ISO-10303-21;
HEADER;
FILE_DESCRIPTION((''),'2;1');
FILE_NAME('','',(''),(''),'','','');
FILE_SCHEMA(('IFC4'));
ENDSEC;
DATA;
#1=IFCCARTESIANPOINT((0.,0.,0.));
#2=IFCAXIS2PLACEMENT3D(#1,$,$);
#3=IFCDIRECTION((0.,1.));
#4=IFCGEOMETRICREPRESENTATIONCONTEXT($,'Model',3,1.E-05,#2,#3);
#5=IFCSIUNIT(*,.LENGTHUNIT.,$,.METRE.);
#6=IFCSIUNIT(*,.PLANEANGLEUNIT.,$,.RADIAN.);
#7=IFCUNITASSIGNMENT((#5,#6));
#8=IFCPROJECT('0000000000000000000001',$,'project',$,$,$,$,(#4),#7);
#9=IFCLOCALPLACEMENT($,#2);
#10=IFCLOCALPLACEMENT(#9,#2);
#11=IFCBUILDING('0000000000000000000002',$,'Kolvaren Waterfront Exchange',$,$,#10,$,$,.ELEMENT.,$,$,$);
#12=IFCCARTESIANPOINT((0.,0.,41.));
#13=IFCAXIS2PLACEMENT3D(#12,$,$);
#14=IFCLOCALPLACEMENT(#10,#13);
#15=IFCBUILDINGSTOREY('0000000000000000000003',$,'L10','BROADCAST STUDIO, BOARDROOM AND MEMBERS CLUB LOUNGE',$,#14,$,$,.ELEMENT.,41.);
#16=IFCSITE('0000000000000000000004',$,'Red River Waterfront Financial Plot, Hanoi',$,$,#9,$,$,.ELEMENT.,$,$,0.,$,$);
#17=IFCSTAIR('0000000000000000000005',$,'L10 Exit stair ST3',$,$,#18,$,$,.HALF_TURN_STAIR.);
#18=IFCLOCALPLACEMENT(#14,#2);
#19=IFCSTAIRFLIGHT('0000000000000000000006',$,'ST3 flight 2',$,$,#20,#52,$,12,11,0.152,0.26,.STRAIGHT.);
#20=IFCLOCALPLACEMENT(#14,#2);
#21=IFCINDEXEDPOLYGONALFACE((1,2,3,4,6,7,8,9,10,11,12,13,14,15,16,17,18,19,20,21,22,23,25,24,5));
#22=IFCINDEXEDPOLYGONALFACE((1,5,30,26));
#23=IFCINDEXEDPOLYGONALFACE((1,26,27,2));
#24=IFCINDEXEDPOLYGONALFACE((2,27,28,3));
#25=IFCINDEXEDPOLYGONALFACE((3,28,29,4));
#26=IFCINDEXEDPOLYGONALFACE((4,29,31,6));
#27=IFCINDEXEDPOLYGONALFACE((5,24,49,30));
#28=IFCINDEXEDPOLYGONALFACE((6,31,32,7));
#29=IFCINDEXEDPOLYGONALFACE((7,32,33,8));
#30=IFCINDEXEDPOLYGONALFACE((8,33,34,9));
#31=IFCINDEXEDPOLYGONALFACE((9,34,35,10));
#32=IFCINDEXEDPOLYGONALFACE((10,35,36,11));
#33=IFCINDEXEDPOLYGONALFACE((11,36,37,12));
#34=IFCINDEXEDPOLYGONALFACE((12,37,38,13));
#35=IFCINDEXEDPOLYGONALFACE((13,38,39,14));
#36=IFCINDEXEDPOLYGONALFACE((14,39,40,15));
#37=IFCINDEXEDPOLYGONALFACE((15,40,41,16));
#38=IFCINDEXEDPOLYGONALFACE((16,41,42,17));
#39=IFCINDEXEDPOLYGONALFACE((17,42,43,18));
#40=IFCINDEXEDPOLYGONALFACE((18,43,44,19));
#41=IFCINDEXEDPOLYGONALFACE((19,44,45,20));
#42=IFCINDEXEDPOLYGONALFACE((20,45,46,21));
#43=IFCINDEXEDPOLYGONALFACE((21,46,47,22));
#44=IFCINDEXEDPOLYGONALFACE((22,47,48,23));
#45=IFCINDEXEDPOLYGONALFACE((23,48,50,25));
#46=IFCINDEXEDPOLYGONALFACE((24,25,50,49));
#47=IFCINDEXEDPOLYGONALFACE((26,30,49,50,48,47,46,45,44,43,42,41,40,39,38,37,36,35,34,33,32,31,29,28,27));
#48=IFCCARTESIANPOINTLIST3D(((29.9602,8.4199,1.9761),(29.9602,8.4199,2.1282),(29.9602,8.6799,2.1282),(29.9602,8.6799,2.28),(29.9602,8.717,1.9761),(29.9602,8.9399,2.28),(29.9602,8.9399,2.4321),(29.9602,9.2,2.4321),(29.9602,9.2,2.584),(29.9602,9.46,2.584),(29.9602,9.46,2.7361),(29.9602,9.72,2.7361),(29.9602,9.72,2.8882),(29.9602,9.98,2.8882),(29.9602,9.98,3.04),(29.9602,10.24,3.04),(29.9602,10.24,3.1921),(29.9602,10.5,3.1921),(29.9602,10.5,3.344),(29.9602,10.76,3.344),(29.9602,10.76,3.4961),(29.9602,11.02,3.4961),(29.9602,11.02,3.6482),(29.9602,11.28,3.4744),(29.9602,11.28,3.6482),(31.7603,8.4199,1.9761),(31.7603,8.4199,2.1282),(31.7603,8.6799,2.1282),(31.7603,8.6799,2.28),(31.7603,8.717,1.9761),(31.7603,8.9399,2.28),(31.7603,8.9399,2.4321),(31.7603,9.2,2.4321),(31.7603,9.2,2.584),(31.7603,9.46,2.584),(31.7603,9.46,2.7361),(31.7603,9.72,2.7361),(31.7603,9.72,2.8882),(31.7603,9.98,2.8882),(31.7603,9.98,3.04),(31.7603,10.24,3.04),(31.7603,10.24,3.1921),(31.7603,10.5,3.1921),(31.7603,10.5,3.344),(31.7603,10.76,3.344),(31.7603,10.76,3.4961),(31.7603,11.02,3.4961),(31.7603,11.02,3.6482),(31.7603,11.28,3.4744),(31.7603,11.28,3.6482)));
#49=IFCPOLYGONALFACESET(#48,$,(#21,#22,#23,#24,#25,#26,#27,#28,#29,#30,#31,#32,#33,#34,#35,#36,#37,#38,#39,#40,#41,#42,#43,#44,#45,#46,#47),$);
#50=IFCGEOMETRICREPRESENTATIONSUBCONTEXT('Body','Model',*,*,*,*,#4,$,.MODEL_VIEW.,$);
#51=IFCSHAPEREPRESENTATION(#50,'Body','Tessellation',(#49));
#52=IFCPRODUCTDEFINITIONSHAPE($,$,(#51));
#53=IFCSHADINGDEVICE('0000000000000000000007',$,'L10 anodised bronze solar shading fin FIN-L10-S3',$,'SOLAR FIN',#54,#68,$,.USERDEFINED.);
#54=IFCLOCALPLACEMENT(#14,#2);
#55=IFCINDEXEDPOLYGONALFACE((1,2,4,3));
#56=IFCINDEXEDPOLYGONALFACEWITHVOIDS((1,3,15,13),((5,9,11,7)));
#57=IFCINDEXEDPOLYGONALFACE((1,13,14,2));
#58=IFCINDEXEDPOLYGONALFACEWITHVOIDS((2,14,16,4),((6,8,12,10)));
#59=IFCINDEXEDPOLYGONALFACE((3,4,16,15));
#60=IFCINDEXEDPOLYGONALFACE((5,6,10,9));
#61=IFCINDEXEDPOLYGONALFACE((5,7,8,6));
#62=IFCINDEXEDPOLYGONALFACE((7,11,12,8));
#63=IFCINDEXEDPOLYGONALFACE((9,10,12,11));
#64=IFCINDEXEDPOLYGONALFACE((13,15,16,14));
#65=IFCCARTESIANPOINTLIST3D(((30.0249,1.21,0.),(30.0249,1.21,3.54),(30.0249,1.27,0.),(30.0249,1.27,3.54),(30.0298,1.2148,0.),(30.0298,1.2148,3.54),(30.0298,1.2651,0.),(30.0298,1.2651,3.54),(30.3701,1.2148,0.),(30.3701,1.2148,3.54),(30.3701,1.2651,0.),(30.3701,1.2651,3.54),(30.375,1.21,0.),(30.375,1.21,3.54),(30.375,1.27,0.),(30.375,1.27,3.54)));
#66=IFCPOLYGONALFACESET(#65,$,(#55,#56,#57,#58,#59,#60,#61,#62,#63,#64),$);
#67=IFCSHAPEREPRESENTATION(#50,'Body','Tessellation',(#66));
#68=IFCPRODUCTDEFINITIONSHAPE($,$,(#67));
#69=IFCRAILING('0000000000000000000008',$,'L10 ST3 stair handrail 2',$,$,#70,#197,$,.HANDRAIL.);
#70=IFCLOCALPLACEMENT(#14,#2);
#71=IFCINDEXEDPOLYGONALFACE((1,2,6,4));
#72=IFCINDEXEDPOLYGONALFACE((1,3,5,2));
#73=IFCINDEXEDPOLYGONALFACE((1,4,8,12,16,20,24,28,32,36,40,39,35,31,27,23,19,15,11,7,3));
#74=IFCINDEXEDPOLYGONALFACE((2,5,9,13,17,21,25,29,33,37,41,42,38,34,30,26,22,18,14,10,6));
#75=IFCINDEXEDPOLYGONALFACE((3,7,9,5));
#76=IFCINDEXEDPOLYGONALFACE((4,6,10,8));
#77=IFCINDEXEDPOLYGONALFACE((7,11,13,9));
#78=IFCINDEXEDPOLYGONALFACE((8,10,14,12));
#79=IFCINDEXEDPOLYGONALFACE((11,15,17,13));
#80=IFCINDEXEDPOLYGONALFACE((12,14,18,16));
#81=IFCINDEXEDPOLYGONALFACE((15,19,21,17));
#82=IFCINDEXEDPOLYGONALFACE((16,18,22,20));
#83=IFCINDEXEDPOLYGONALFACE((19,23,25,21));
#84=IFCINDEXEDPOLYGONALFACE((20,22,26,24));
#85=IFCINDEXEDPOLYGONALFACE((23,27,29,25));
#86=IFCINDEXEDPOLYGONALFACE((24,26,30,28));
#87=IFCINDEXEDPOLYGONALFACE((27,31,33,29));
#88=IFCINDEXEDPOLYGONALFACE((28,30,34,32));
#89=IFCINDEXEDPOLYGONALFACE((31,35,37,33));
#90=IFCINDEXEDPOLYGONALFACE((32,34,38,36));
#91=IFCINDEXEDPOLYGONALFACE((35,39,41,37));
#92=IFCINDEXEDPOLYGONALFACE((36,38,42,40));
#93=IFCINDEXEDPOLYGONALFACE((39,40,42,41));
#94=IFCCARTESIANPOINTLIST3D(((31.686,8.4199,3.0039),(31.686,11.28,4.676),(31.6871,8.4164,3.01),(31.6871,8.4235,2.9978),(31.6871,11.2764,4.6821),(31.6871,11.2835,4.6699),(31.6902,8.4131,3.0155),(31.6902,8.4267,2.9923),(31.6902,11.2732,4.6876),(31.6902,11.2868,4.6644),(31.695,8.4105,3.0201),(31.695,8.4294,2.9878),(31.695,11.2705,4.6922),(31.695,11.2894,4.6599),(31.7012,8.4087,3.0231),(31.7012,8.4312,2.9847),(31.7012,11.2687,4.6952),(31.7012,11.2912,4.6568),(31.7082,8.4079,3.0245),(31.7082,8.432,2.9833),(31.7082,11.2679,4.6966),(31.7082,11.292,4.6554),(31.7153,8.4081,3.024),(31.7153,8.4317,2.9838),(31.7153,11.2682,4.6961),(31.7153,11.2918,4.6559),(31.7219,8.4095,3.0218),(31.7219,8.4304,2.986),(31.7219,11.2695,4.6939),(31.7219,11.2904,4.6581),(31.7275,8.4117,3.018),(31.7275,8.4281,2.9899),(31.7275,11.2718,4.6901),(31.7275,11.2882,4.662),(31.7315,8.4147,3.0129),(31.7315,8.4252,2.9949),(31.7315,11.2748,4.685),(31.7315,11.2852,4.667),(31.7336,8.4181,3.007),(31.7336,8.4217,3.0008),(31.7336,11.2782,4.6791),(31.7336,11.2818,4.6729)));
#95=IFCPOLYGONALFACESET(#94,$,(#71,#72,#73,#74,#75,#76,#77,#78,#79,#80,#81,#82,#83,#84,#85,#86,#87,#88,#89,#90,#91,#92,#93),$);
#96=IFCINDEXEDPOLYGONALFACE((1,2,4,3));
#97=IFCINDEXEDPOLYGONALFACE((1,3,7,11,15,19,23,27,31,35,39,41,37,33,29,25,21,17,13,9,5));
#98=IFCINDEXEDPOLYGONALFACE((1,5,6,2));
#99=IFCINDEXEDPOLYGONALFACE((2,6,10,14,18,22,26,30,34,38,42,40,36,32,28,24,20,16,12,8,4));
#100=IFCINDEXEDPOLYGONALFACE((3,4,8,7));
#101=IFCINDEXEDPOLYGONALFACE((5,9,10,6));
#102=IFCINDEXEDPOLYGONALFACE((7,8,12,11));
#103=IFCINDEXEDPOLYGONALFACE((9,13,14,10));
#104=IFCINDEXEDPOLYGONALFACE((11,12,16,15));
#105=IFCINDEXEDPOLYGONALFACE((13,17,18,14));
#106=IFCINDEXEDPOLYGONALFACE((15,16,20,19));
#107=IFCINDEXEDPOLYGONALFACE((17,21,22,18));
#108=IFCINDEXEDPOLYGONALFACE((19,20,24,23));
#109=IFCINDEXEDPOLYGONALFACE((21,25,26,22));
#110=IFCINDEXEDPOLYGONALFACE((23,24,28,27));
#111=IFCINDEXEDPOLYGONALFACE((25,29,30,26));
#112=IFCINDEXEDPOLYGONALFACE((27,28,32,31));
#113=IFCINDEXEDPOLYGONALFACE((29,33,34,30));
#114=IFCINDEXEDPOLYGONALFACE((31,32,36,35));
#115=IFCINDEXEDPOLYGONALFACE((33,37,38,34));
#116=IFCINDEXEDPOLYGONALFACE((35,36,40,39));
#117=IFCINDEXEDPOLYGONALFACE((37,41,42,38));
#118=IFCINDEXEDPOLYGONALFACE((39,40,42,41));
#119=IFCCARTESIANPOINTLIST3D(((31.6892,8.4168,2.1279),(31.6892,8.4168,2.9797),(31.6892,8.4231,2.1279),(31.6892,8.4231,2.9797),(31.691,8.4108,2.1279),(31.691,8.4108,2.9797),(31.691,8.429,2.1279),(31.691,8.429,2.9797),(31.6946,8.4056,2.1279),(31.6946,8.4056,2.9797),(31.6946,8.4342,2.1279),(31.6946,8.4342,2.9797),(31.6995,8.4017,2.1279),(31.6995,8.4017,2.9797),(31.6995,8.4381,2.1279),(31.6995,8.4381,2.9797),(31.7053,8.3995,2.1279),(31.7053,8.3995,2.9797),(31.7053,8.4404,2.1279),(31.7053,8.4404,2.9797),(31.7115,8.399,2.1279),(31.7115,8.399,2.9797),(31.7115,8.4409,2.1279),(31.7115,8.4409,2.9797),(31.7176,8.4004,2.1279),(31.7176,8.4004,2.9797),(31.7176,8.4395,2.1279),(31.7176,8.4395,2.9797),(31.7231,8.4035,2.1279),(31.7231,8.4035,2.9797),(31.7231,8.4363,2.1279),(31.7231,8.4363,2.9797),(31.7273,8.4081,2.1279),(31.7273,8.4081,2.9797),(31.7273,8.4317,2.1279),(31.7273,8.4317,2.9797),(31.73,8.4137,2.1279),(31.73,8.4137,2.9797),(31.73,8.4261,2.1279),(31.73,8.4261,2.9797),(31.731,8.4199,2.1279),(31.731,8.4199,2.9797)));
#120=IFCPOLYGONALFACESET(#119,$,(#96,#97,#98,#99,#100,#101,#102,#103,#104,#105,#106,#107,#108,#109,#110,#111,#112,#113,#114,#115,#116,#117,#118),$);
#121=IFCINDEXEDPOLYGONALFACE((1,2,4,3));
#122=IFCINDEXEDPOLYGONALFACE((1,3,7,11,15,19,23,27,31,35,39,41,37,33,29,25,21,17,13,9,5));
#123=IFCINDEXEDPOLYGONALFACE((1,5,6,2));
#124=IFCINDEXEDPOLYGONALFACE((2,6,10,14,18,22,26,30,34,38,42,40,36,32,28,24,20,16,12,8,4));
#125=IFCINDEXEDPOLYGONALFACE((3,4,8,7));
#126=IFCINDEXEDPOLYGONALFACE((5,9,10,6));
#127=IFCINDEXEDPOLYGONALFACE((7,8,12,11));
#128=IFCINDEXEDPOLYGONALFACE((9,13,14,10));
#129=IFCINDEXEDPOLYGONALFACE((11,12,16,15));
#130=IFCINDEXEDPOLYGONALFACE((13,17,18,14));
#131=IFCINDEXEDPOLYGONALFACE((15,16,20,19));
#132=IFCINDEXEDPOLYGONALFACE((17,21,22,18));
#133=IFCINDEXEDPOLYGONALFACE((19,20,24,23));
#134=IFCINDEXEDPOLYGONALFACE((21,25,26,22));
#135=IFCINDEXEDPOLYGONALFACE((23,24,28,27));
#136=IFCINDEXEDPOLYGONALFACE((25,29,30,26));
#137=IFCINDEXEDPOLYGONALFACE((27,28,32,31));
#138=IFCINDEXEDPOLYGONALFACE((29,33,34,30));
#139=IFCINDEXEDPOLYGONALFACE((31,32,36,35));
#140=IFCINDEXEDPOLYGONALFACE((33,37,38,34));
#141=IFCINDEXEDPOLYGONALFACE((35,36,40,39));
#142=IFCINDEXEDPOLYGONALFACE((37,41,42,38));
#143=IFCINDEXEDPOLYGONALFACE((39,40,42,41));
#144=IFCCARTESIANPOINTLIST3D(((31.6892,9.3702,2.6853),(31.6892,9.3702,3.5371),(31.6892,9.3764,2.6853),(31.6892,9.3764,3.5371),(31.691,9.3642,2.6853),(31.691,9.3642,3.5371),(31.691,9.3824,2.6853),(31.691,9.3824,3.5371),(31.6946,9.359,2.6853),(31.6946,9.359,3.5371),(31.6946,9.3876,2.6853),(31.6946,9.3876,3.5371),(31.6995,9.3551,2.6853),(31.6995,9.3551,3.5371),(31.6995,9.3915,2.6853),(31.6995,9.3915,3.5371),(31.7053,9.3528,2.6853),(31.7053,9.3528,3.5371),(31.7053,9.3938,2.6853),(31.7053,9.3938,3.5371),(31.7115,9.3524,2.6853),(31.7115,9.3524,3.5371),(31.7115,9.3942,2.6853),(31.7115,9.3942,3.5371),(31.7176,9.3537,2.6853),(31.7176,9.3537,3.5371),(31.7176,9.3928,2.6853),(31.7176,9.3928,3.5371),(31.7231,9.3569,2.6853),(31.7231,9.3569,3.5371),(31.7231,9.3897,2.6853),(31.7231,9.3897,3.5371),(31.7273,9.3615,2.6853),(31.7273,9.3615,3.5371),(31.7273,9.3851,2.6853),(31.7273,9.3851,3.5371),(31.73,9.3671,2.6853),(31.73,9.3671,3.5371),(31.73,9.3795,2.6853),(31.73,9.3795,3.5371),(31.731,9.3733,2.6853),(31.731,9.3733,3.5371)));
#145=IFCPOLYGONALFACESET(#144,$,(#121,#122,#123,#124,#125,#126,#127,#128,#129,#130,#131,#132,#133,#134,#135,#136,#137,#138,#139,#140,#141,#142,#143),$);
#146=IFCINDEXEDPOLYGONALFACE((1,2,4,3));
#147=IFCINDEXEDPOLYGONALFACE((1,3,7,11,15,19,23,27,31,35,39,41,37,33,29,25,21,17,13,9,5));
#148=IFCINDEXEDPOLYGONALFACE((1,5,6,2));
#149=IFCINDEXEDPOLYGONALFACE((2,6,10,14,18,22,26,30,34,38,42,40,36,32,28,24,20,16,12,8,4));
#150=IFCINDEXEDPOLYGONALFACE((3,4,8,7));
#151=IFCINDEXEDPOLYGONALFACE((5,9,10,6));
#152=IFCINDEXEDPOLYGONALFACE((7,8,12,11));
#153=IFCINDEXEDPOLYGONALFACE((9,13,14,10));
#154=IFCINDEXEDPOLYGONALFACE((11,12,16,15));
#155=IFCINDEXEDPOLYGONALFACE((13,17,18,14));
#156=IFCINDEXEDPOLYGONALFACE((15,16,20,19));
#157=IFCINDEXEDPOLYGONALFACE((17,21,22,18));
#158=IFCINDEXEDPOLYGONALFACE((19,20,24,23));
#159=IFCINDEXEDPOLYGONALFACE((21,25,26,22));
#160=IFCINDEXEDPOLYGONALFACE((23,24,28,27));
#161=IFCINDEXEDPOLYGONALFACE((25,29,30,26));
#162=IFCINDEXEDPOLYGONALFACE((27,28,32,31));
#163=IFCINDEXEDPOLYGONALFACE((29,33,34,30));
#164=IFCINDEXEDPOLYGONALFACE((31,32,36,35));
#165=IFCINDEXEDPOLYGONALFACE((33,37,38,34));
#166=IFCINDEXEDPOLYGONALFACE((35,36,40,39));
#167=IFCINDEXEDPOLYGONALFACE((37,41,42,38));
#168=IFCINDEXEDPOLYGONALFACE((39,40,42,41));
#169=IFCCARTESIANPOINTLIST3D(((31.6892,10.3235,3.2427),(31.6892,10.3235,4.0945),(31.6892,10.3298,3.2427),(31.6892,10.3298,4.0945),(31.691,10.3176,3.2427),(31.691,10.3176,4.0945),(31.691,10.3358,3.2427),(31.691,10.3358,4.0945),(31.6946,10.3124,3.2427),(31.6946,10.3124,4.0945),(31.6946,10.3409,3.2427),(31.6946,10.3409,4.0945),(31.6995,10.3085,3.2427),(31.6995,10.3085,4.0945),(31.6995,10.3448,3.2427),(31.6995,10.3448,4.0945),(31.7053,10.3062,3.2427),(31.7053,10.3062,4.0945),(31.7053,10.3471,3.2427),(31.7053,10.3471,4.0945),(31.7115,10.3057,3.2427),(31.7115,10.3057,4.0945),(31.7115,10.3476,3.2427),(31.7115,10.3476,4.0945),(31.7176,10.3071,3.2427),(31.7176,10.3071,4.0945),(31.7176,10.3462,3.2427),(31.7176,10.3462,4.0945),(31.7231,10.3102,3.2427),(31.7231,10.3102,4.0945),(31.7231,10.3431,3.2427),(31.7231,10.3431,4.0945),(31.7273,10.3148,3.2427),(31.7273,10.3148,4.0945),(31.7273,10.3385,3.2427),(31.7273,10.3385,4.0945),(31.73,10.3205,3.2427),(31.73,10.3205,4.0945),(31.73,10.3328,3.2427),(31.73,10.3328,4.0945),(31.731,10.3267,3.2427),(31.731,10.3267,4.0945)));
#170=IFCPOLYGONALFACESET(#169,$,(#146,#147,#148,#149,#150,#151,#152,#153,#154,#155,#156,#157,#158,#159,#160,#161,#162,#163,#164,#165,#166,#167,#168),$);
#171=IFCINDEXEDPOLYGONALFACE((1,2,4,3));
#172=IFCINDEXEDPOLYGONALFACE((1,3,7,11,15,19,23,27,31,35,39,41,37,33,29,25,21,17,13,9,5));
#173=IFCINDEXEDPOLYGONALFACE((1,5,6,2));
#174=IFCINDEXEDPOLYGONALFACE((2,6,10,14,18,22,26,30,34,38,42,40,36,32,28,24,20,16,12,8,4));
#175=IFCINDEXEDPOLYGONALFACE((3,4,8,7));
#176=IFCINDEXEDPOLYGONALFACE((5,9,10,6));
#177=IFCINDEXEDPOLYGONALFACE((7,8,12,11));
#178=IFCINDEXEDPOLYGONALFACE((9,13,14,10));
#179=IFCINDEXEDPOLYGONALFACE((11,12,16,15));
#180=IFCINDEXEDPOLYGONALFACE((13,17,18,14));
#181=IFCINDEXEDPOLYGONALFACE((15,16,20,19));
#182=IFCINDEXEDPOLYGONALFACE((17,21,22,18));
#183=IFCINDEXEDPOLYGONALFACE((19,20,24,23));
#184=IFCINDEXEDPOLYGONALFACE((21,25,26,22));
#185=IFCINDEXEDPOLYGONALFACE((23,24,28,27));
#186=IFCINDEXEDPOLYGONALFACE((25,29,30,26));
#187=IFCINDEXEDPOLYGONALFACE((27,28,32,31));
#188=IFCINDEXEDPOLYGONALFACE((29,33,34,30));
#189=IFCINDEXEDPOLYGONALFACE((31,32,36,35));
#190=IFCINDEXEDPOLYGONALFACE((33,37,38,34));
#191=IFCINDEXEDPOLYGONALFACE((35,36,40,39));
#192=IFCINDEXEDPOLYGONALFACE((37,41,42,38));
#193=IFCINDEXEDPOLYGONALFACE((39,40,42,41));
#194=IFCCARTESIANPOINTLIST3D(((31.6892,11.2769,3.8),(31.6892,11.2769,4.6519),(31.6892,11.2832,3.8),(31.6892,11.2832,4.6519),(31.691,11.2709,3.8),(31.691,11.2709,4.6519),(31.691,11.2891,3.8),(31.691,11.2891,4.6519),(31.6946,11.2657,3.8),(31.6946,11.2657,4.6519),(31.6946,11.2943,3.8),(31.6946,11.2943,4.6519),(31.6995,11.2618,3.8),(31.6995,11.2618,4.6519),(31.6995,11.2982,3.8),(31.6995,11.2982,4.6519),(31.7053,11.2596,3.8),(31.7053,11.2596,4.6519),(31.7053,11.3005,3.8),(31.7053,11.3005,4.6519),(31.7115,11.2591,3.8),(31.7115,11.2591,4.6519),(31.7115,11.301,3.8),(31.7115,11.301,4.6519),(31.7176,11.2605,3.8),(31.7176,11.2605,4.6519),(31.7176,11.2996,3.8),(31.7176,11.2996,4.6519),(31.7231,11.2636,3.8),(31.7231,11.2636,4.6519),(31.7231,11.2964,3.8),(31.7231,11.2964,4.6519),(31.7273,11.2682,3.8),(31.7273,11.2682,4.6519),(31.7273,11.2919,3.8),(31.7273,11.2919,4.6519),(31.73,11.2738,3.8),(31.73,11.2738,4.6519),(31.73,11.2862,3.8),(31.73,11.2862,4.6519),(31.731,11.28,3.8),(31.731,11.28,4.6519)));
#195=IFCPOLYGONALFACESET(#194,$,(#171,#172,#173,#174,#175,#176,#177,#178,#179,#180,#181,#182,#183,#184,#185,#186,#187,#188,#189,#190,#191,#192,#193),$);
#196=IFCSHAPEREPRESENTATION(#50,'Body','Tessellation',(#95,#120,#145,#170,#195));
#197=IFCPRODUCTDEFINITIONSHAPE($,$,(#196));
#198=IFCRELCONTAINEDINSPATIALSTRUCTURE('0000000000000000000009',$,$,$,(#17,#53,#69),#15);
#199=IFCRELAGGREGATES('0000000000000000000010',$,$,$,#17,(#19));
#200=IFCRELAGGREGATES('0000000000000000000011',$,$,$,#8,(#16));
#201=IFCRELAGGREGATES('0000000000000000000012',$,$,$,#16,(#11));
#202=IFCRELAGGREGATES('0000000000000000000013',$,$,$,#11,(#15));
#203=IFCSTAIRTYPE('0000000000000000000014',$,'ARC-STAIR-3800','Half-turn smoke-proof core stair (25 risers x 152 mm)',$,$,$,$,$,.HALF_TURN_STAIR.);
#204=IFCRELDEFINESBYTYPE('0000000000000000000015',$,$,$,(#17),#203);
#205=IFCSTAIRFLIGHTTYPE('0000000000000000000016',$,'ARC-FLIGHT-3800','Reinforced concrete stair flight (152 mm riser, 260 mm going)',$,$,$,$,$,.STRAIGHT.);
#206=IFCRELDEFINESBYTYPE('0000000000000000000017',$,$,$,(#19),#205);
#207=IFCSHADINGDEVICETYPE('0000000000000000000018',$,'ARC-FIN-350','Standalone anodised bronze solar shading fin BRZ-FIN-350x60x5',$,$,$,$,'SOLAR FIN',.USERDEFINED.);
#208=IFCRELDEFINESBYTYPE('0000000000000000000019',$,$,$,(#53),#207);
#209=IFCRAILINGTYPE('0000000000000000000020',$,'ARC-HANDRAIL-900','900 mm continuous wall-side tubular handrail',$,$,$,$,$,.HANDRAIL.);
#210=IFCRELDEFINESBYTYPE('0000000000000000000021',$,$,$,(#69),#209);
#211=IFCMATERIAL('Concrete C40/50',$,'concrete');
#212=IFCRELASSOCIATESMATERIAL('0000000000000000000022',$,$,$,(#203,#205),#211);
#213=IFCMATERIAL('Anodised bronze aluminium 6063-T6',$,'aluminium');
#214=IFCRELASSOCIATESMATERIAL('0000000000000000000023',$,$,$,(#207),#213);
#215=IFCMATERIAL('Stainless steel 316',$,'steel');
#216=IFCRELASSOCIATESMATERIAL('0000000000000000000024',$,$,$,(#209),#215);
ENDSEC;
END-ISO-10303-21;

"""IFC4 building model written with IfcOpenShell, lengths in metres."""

from ifc_helpers import new_model, si_unit, direction, frame, origin, origin_2d, place, context, subcontext, project, spatial, polyline, hollow_rectangle, circle, outline, extrude, material, material_profile, profile_set, type_object, element, aggregate, save


model = new_model("IFC4")

# Units and contexts
model_context = context("Model", 3, precision=1e-05, world=origin(), true_north=direction((0.0, 1.0)))
body_context = subcontext(model_context, "Body", "Model", "MODEL_VIEW")
ifc_project = project(units=[si_unit("LENGTHUNIT", "METRE"), si_unit("PLANEANGLEUNIT", "RADIAN")], contexts=[model_context])

# Site, building, storey
site_placement = place(None, origin())
site = spatial("IfcSite", under=ifc_project, at=site_placement, Name="Red River Waterfront Financial Plot, Hanoi", CompositionType="ELEMENT", RefElevation=0.0)
building_placement = place(site_placement, origin())
building = spatial("IfcBuilding", under=site, at=building_placement, Name="Kolvaren Waterfront Exchange", CompositionType="ELEMENT")
storey_placement = place(building_placement, frame((0.0, 0.0, 41.0)))
storey = spatial("IfcBuildingStorey", under=building, at=storey_placement, Name="L10", Description="BROADCAST STUDIO, BOARDROOM AND MEMBERS CLUB LOUNGE", CompositionType="ELEMENT", Elevation=41.0)

# Shared definitions
ifc_material_1 = material(Name="Anodised bronze aluminium 6063-T6", Category="aluminium")

# Shared definitions
ifc_material_2 = material(Name="Concrete C40/50", Category="concrete")

# Stair, stair flight
stair_type = type_object("IfcStairType", Name="ARC-STAIR-3800", Description="Half-turn smoke-proof core stair (25 risers x 152 mm)", PredefinedType="HALF_TURN_STAIR", material=ifc_material_2)
stair_placement = place(storey_placement, origin())
stair = element("IfcStair", 1, at=stair_placement, inside=storey, type_object=stair_type, Name="L10 Exit stair ST3", PredefinedType="HALF_TURN_STAIR")
stair_flight_type = type_object("IfcStairFlightType", Name="ARC-FLIGHT-3800", Description="Reinforced concrete stair flight (152 mm riser, 260 mm going)", PredefinedType="STRAIGHT", material=ifc_material_2)
stair_flight_placement = place(storey_placement, frame((30.8601, 8.4199, 1.9761), z_axis=(0.0, 0.0, 1.0), x_axis=(0.0, 1.0, 0.0)))
stair_flight = element("IfcStairFlight", 2, at=stair_flight_placement, type_object=stair_flight_type, Name="ST3 flight 2", NumberOfRisers=12, NumberOfTreads=11, PredefinedType="STRAIGHT", RiserHeight=0.152, TreadLength=0.26, context=body_context, shape_type="SweptSolid", body=[
    extrude(outline(polyline([(0.0, 0.0), (0.0, 0.1521), (0.26, 0.1521), (0.26, 0.304), (0.52, 0.304), (0.52, 0.4561), (0.78, 0.4561), (0.78, 0.6079), (1.04, 0.6079), (1.04, 0.76), (1.3, 0.76), (1.3, 0.9121), (1.5601, 0.9121), (1.5601, 1.064), (1.8201, 1.064), (1.8201, 1.2161), (2.0801, 1.2161), (2.0801, 1.3679), (2.3401, 1.3679), (2.3401, 1.52), (2.6001, 1.52), (2.6001, 1.6721), (2.8601, 1.6721), (2.8601, 1.824), (2.8601, 1.4983), (0.2971, 0.0), (0.0, 0.0)])), frame((0.0, 0.8999, 0.0), z_axis=(0.0, -1.0, 0.0), x_axis=(1.0, 0.0, 0.0)), (0.0, 0.0, 1.0), 1.8),
])
aggregate(stair, [stair_flight])

# Shading device
ifc_material_profile_1 = material_profile(ifc_material_1, hollow_rectangle(XDim=0.0601, YDim=0.3501, WallThickness=0.0049, at=origin_2d()), Name="BRZ-FIN-350x60x5")
ifc_profile_set_1 = profile_set([ifc_material_profile_1], Name="Anodised bronze aluminium 6063-T6")
shading_device_type = type_object("IfcShadingDeviceType", Name="ARC-FIN-350", Description="Standalone anodised bronze solar shading fin BRZ-FIN-350x60x5", ElementType="SOLAR FIN", PredefinedType="USERDEFINED", material=ifc_profile_set_1)
shading_device_placement = place(storey_placement, frame((30.2, 1.24, 0.0), z_axis=(0.0, 0.0, 1.0), x_axis=(0.0, -1.0, 0.0)))
element("IfcShadingDevice", 3, at=shading_device_placement, inside=storey, type_object=shading_device_type, Name="L10 anodised bronze solar shading fin FIN-L10-S3", ObjectType="SOLAR FIN", PredefinedType="USERDEFINED", context=body_context, shape_type="SweptSolid", body=[
    extrude(hollow_rectangle(XDim=0.0601, YDim=0.3501, WallThickness=0.0049, at=origin_2d()), origin(), (0.0, 0.0, 1.0), 3.54),
])

# Railing
ifc_material_3 = material(Name="Stainless steel 316", Category="steel")
railing_type = type_object("IfcRailingType", Name="ARC-HANDRAIL-900", Description="900 mm continuous wall-side tubular handrail", PredefinedType="HANDRAIL", material=ifc_material_3)
railing_placement = place(storey_placement, frame((31.71, 8.4199, 2.1279)))
element("IfcRailing", 4, at=railing_placement, inside=storey, type_object=railing_type, Name="L10 ST3 stair handrail 2", PredefinedType="HANDRAIL", context=body_context, shape_type="SweptSolid", body=[
    extrude(circle(Radius=0.0239, at=origin_2d()), frame((0.0, 0.0, 0.876), z_axis=(0.0, 0.863289, 0.504709), x_axis=(-1.0, 0.0, 0.0)), (0.0, 0.0, 1.0), 3.313),
    extrude(circle(Radius=0.021, at=origin_2d()), origin(), (0.0, 0.0, 1.0), 0.8518),
    extrude(circle(Radius=0.021, at=origin_2d()), frame((0.0, 0.9534, 0.5574)), (0.0, 0.0, 1.0), 0.8518),
    extrude(circle(Radius=0.021, at=origin_2d()), frame((0.0, 1.9067, 1.1147)), (0.0, 0.0, 1.0), 0.8518),
    extrude(circle(Radius=0.021, at=origin_2d()), frame((0.0, 2.8601, 1.6721)), (0.0, 0.0, 1.0), 0.8518),
])

save(model, "model.ifc")
